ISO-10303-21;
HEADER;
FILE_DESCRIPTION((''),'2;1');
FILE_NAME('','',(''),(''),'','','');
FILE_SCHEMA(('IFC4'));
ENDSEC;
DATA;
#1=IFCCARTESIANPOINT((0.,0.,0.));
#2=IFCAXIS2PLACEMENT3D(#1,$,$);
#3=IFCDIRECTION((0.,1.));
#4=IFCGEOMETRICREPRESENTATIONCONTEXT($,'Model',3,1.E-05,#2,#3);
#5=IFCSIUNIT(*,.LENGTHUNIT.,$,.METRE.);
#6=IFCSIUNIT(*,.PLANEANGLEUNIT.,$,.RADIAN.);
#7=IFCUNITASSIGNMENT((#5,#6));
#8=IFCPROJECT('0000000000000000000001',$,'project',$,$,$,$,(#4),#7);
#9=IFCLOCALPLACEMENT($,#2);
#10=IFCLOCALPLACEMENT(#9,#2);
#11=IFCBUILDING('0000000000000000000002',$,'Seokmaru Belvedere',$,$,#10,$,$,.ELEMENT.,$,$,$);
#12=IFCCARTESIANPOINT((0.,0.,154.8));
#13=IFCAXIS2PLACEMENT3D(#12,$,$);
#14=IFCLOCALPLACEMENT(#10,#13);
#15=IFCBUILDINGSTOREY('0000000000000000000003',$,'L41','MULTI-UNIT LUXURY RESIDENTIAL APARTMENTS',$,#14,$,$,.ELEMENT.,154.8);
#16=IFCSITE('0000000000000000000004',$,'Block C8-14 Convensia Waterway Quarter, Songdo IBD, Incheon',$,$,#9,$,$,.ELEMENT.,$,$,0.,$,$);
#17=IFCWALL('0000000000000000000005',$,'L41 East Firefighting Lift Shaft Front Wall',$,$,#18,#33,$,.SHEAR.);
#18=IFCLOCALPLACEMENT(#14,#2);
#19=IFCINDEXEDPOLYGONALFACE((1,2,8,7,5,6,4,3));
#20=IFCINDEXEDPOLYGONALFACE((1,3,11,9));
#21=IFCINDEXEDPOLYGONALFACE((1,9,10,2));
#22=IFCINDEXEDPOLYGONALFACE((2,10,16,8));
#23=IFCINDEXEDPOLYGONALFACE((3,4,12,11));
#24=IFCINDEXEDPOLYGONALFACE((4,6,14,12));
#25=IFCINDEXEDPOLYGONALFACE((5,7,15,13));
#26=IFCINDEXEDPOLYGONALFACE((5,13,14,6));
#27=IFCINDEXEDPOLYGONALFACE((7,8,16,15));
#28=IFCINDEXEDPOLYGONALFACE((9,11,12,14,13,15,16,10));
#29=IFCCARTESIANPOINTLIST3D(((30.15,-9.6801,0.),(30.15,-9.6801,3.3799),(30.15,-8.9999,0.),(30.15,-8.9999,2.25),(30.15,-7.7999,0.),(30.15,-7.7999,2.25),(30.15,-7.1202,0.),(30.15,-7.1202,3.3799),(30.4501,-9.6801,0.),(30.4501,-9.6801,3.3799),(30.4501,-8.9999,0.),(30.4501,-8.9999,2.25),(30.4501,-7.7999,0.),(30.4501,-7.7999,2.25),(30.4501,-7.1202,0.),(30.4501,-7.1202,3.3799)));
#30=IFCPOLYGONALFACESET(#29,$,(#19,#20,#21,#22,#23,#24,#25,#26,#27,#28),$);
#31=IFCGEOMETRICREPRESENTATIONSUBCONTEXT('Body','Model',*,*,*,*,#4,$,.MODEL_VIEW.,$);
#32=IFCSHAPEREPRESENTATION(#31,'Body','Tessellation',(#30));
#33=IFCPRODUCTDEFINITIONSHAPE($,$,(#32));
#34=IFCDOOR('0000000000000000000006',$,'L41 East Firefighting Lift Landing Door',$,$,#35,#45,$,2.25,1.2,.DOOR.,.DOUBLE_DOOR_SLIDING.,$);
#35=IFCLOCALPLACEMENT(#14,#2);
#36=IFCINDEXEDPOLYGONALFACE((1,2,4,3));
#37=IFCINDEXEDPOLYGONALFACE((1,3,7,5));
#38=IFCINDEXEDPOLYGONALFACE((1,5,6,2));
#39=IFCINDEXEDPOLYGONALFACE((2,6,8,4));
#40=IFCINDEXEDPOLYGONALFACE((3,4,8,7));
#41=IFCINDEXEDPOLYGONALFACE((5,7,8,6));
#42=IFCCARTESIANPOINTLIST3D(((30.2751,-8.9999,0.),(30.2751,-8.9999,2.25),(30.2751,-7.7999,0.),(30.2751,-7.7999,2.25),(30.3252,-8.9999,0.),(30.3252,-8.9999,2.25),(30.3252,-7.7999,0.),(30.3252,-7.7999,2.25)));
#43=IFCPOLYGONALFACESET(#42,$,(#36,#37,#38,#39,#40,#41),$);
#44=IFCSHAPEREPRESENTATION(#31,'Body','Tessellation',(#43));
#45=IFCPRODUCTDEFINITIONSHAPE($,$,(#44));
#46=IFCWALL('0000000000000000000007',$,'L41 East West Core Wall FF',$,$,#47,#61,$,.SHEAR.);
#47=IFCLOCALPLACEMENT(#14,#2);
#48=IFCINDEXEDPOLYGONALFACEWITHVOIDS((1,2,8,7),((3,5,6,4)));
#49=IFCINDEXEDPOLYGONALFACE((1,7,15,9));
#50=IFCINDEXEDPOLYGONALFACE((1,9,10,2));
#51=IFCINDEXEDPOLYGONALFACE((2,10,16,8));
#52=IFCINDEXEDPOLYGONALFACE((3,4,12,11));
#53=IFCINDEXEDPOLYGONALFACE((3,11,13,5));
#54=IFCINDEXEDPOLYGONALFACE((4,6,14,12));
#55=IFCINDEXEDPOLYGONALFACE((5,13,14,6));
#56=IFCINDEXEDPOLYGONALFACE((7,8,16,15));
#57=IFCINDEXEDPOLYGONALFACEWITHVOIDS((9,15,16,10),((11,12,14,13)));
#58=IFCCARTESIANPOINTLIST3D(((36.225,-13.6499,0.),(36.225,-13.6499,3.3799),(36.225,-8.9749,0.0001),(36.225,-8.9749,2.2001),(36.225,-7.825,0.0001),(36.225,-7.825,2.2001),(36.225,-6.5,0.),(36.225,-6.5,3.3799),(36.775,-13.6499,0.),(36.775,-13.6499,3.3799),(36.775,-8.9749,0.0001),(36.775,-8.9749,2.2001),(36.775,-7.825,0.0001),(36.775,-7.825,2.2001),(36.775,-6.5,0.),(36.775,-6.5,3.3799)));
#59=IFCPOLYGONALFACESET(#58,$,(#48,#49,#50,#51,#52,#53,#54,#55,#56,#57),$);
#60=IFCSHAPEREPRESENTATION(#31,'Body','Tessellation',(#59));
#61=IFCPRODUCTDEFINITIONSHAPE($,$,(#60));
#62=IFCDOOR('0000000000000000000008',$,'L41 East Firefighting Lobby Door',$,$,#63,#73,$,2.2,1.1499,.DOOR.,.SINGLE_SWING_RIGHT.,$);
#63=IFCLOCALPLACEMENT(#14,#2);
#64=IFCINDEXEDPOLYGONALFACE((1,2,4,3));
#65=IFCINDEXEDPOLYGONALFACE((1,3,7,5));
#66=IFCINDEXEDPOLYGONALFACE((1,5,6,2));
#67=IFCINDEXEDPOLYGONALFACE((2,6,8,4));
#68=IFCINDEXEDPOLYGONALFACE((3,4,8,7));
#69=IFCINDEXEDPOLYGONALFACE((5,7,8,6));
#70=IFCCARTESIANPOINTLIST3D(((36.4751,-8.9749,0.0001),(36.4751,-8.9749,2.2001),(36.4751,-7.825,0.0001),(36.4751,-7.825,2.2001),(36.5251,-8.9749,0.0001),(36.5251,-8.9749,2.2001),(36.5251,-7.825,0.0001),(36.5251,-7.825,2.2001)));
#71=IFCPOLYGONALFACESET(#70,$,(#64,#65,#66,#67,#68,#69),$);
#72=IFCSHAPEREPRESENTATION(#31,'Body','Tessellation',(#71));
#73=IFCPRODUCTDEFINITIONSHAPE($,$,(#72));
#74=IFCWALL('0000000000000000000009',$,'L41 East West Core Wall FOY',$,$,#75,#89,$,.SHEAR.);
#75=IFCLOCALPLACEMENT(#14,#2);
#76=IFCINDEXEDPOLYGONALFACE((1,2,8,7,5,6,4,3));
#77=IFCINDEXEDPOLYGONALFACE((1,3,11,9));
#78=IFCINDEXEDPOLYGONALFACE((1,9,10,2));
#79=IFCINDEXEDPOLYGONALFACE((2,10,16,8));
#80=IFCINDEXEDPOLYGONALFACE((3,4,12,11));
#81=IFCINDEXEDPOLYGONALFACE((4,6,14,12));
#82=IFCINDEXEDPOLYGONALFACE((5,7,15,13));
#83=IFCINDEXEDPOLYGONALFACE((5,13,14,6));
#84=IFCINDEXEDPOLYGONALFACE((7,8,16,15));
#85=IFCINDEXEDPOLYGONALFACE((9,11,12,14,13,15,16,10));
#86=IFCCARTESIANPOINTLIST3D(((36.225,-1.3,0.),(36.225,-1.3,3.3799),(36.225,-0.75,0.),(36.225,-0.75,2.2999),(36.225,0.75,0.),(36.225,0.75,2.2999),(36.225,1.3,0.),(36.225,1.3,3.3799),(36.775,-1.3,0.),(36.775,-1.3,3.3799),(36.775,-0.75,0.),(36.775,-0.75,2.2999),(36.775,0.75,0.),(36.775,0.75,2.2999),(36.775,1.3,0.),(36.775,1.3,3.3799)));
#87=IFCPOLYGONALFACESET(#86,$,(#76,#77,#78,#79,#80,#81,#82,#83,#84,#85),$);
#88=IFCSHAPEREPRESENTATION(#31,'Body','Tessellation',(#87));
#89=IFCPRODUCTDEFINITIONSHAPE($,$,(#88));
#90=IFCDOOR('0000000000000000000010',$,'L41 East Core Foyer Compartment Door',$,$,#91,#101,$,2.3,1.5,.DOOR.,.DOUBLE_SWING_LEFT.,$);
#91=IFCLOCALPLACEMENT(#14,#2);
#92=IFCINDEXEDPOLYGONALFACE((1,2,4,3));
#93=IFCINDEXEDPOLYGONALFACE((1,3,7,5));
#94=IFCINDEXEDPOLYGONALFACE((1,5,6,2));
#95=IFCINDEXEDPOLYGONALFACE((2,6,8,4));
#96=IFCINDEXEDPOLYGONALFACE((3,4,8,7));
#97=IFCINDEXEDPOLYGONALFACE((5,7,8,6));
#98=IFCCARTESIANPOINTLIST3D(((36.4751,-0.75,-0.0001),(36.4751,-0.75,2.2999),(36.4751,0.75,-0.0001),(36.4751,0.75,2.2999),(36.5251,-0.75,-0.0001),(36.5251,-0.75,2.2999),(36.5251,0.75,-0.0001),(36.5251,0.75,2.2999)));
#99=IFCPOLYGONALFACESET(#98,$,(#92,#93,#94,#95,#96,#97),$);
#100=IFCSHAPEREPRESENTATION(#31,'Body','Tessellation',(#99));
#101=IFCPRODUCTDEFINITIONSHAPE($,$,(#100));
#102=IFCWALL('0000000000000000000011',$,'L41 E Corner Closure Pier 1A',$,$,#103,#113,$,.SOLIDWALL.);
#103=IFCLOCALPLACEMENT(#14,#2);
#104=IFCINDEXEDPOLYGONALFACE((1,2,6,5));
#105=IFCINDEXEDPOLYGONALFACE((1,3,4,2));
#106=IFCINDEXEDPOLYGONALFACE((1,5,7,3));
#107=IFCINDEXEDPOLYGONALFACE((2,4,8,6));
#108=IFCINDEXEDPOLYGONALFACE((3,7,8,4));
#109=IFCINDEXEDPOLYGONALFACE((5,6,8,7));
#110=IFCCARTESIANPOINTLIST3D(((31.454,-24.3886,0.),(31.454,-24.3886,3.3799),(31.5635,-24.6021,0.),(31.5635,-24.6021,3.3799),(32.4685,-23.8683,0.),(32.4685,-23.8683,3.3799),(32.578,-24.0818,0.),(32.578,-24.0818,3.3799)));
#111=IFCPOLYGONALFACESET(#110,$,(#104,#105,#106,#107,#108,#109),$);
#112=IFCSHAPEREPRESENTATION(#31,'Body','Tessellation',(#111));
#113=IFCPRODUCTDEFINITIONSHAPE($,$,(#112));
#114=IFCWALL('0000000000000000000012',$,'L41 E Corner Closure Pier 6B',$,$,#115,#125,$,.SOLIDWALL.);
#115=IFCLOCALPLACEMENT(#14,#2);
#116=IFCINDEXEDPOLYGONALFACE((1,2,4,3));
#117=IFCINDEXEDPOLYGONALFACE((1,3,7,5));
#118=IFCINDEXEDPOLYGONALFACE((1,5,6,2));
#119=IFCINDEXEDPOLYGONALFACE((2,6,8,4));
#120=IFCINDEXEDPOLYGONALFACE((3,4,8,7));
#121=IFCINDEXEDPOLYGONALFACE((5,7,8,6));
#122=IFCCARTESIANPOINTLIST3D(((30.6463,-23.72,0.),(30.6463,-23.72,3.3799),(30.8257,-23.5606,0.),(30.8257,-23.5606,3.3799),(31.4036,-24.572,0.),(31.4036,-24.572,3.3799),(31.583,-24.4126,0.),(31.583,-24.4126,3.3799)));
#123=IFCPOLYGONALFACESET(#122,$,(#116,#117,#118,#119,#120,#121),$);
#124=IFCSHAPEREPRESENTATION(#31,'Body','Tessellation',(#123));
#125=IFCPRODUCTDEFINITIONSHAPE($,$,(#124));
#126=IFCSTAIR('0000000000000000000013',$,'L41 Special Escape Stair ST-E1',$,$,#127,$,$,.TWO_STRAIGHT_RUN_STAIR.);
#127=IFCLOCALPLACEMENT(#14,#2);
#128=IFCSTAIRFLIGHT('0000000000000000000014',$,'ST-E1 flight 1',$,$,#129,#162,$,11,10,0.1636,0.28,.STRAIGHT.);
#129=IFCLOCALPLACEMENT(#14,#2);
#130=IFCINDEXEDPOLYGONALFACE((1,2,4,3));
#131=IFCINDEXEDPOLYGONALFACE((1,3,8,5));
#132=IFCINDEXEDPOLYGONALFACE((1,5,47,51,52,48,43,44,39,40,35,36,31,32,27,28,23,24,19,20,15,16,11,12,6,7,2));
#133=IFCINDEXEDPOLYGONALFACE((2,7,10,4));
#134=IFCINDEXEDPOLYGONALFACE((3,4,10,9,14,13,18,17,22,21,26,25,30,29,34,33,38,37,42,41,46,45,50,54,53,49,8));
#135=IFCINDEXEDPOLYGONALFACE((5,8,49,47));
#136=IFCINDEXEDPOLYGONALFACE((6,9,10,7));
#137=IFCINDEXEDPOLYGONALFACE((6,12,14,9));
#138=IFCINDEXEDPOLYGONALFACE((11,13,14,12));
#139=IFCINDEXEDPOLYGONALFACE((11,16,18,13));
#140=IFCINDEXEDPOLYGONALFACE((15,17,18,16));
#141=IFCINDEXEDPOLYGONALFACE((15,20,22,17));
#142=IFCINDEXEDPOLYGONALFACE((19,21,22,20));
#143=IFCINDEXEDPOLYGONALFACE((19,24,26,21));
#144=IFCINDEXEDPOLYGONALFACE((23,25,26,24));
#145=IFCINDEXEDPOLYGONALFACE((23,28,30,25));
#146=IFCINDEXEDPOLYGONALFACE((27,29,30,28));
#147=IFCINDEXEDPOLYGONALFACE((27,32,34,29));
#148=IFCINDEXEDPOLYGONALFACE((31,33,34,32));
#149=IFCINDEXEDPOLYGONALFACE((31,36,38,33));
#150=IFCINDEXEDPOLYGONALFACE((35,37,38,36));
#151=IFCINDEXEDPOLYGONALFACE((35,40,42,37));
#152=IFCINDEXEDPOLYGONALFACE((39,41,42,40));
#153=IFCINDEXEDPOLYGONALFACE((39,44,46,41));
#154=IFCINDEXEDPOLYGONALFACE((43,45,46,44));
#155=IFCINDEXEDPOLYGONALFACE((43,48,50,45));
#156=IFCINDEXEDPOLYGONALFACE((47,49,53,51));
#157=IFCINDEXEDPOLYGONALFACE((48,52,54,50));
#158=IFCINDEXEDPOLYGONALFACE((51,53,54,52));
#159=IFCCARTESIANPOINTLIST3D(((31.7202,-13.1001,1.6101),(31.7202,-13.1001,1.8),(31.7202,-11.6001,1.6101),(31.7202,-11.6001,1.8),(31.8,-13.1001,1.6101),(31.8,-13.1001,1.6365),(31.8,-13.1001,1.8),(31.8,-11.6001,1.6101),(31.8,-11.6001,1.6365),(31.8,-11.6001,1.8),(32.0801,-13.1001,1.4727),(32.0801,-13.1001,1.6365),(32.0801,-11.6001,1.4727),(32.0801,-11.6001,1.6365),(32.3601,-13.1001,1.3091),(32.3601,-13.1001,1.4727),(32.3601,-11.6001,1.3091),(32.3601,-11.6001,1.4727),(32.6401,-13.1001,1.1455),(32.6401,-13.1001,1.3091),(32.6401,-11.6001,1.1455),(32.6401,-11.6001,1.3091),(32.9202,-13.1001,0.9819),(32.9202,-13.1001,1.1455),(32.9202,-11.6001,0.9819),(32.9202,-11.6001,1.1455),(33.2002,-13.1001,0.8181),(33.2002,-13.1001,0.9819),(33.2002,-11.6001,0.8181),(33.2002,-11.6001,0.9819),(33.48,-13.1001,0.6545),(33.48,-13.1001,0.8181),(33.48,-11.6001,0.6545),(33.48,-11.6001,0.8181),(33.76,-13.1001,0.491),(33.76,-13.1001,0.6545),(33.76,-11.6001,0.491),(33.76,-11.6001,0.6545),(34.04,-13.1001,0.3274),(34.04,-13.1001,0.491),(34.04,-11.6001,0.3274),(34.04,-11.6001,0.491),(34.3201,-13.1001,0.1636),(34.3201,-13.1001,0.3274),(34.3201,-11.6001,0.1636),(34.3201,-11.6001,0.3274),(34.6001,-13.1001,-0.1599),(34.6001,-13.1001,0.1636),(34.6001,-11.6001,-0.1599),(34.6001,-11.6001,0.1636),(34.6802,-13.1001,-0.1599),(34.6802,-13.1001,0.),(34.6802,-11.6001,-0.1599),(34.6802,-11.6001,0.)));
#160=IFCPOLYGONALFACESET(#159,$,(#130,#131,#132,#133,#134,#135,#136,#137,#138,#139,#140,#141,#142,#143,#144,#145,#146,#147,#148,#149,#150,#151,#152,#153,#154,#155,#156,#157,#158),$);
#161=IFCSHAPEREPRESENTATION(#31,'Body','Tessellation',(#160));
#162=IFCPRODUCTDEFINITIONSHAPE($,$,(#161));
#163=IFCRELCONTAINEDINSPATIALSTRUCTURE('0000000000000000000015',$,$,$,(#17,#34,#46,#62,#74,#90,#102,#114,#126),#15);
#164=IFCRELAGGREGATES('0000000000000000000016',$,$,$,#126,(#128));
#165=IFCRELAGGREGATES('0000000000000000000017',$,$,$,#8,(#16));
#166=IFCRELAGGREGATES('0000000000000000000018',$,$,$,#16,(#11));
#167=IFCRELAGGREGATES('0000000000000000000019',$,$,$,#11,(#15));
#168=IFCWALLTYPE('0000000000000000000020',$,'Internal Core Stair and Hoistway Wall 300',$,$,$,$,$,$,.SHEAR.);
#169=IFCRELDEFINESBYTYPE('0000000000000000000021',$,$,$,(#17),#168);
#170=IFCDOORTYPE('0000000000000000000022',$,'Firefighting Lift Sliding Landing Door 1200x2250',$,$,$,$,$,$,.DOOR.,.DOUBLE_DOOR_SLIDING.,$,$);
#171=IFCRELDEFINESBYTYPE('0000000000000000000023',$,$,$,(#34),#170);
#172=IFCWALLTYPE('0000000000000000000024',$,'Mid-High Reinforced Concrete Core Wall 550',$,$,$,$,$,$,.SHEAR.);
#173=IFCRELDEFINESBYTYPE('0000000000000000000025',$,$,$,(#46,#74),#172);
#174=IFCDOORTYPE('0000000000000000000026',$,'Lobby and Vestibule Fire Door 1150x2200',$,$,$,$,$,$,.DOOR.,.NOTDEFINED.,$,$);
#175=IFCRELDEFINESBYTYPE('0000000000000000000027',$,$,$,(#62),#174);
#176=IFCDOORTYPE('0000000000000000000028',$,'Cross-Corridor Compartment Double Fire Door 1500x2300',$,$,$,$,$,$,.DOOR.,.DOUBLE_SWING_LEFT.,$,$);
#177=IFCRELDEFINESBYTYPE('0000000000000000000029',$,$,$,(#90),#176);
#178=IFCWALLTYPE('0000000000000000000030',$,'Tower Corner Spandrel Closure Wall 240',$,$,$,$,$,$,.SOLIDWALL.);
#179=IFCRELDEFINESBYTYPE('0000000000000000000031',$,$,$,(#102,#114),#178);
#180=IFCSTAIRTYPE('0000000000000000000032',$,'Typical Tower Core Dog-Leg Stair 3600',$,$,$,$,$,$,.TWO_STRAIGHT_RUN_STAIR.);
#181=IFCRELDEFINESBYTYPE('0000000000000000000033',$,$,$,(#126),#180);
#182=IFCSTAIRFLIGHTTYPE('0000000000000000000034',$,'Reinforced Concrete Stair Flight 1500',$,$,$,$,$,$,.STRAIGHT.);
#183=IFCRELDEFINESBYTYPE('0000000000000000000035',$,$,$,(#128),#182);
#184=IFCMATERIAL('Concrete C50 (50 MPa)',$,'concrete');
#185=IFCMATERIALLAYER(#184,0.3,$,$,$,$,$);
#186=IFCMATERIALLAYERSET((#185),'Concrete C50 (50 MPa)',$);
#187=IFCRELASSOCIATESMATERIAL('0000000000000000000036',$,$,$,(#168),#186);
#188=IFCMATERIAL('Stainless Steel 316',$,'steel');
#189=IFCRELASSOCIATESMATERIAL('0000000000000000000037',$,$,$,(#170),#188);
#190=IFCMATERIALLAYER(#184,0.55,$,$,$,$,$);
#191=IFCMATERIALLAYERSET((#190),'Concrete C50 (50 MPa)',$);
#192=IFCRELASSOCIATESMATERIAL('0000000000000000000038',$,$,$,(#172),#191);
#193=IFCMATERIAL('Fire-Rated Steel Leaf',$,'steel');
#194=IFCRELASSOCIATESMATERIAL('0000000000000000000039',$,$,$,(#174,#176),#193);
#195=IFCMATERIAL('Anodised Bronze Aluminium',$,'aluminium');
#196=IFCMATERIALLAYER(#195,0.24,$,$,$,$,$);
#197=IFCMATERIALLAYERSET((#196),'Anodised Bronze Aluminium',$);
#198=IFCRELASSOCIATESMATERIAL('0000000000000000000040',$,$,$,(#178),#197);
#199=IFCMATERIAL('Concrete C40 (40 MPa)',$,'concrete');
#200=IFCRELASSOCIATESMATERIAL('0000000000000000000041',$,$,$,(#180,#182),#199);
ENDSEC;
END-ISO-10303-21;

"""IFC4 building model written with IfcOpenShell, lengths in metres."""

from ifc_helpers import new_model, si_unit, direction, frame, frame_2d, origin, place, context, subcontext, project, spatial, polyline, rectangle, outline, extrude, source, transform, mapped, material, layer, layer_set, type_object, type_shapes, element, fill, aggregate, save


model = new_model("IFC4")

# Units and contexts
model_context = context("Model", 3, precision=1e-05, world=origin(), true_north=direction((0.0, 1.0)))
body_context = subcontext(model_context, "Body", "Model", "MODEL_VIEW")
ifc_project = project(units=[si_unit("LENGTHUNIT", "METRE"), si_unit("PLANEANGLEUNIT", "RADIAN")], contexts=[model_context])

# Site, building, storey
site_placement = place(None, origin())
site = spatial("IfcSite", under=ifc_project, at=site_placement, Name="Block C8-14 Convensia Waterway Quarter, Songdo IBD, Incheon", CompositionType="ELEMENT", RefElevation=0.0)
building_placement = place(site_placement, origin())
building = spatial("IfcBuilding", under=site, at=building_placement, Name="Seokmaru Belvedere", CompositionType="ELEMENT")
storey_placement = place(building_placement, frame((0.0, 0.0, 154.8)))
storey = spatial("IfcBuildingStorey", under=building, at=storey_placement, Name="L41", Description="MULTI-UNIT LUXURY RESIDENTIAL APARTMENTS", CompositionType="ELEMENT", Elevation=154.8)

# Shared definitions
ifc_material_1 = material(Name="Anodised Bronze Aluminium", Category="aluminium")

# Walls, openings, doors
ifc_material_2 = material(Name="Concrete C50 (50 MPa)", Category="concrete")
ifc_layer_1 = layer(ifc_material_2, 0.3)
ifc_layer_set_1 = layer_set([ifc_layer_1], Name="Concrete C50 (50 MPa)")
wall_type_1 = type_object("IfcWallType", Name="Internal Core Stair and Hoistway Wall 300", PredefinedType="SHEAR", material=ifc_layer_set_1)
wall_1_placement = place(storey_placement, frame((30.3, -9.6799, 0.0), z_axis=(0.0, 0.0, 1.0), x_axis=(0.0, 1.0, 0.0)))
wall_1 = element("IfcWall", 1, at=wall_1_placement, inside=storey, type_object=wall_type_1, Name="L41 East Firefighting Lift Shaft Front Wall", PredefinedType="SHEAR", context=body_context, shape_type="SweptSolid", body=[
    extrude(rectangle(XDim=2.5598, YDim=0.3, at=frame_2d((1.2798, 0.0))), origin(), (0.0, 0.0, 1.0), 3.3799),
])
opening_1_placement = place(wall_1_placement, frame((0.6799, 0.0, 0.0)))
opening_1 = element("IfcOpeningElement", 2, at=opening_1_placement, cuts=wall_1, PredefinedType="OPENING", context=body_context, shape_type="SweptSolid", body=[
    extrude(rectangle(XDim=1.2, YDim=2.25, at=frame_2d((0.6001, 1.125))), frame((0.0, 0.1602, 0.0), z_axis=(0.0, -1.0, 0.0), x_axis=(1.0, 0.0, 0.0)), (0.0, 0.0, 1.0), 0.3201),
])
ifc_material_3 = material(Name="Stainless Steel 316", Category="steel")
door_type_1 = type_object("IfcDoorType", Name="Firefighting Lift Sliding Landing Door 1200x2250", OperationType="DOUBLE_DOOR_SLIDING", PredefinedType="DOOR", material=ifc_material_3)
shared_shape_1 = source(origin(), body_context, "Body", "SweptSolid", [
    extrude(rectangle(XDim=1.2, YDim=2.25, at=frame_2d((0.6001, 1.125))), frame((0.0, 0.0249, 0.0), z_axis=(0.0, -1.0, 0.0), x_axis=(1.0, 0.0, 0.0)), (0.0, 0.0, 1.0), 0.05),
])
type_shapes(door_type_1, [shared_shape_1])
door_1_placement = place(opening_1_placement, origin())
door_1 = element("IfcDoor", 3, at=door_1_placement, inside=storey, type_object=door_type_1, Name="L41 East Firefighting Lift Landing Door", OperationType="DOUBLE_DOOR_SLIDING", OverallHeight=2.25, OverallWidth=1.2, PredefinedType="DOOR", context=body_context, shape_type="MappedRepresentation", body=[
    mapped(shared_shape_1, transform((0.0, 0.0, 0.0), scale=1.0)),
])
fill(opening_1, door_1)
ifc_layer_2 = layer(ifc_material_2, 0.55)
ifc_layer_set_2 = layer_set([ifc_layer_2], Name="Concrete C50 (50 MPa)")
wall_type_2 = type_object("IfcWallType", Name="Mid-High Reinforced Concrete Core Wall 550", PredefinedType="SHEAR", material=ifc_layer_set_2)
wall_2_placement = place(storey_placement, frame((36.5, -13.6499, 0.0), z_axis=(0.0, 0.0, 1.0), x_axis=(0.0, 1.0, 0.0)))
wall_2 = element("IfcWall", 4, at=wall_2_placement, inside=storey, type_object=wall_type_2, Name="L41 East West Core Wall FF", PredefinedType="SHEAR", context=body_context, shape_type="SweptSolid", body=[
    extrude(rectangle(XDim=7.1499, YDim=0.55, at=frame_2d((3.575, 0.0))), origin(), (0.0, 0.0, 1.0), 3.3799),
])
opening_2_placement = place(wall_2_placement, frame((4.675, 0.0, 0.0)))
opening_2 = element("IfcOpeningElement", 5, at=opening_2_placement, cuts=wall_2, PredefinedType="OPENING", context=body_context, shape_type="SweptSolid", body=[
    extrude(rectangle(XDim=1.1499, YDim=2.2, at=frame_2d((0.575, 1.1001))), frame((0.0, 0.2852, 0.0), z_axis=(0.0, -1.0, 0.0), x_axis=(1.0, 0.0, 0.0)), (0.0, 0.0, 1.0), 0.5701),
])
ifc_material_4 = material(Name="Fire-Rated Steel Leaf", Category="steel")
door_type_2 = type_object("IfcDoorType", Name="Lobby and Vestibule Fire Door 1150x2200", OperationType="NOTDEFINED", PredefinedType="DOOR", material=ifc_material_4)
shared_shape_2 = source(origin(), body_context, "Body", "SweptSolid", [
    extrude(rectangle(XDim=1.1499, YDim=2.2, at=frame_2d((0.575, 1.1001))), frame((0.0, 0.0249, 0.0), z_axis=(0.0, -1.0, 0.0), x_axis=(1.0, 0.0, 0.0)), (0.0, 0.0, 1.0), 0.05),
])
type_shapes(door_type_2, [shared_shape_2])
door_2_placement = place(opening_2_placement, origin())
door_2 = element("IfcDoor", 6, at=door_2_placement, inside=storey, type_object=door_type_2, Name="L41 East Firefighting Lobby Door", OperationType="SINGLE_SWING_RIGHT", OverallHeight=2.2, OverallWidth=1.1499, PredefinedType="DOOR", context=body_context, shape_type="MappedRepresentation", body=[
    mapped(shared_shape_2, transform((0.0, 0.0, 0.0), scale=1.0)),
])
fill(opening_2, door_2)
wall_3_placement = place(storey_placement, frame((36.5, -1.3, 0.0), z_axis=(0.0, 0.0, 1.0), x_axis=(0.0, 1.0, 0.0)))
wall_3 = element("IfcWall", 7, at=wall_3_placement, inside=storey, type_object=wall_type_2, Name="L41 East West Core Wall FOY", PredefinedType="SHEAR", context=body_context, shape_type="SweptSolid", body=[
    extrude(rectangle(XDim=2.6001, YDim=0.55, at=frame_2d((1.3, 0.0))), origin(), (0.0, 0.0, 1.0), 3.3799),
])
opening_3_placement = place(wall_3_placement, frame((0.55, 0.0, 0.0)))
opening_3 = element("IfcOpeningElement", 8, at=opening_3_placement, cuts=wall_3, PredefinedType="OPENING", context=body_context, shape_type="SweptSolid", body=[
    extrude(rectangle(XDim=1.5, YDim=2.3, at=frame_2d((0.75, 1.1499))), frame((0.0, 0.2852, 0.0), z_axis=(0.0, -1.0, 0.0), x_axis=(1.0, 0.0, 0.0)), (0.0, 0.0, 1.0), 0.5701),
])
door_type_3 = type_object("IfcDoorType", Name="Cross-Corridor Compartment Double Fire Door 1500x2300", OperationType="DOUBLE_SWING_LEFT", PredefinedType="DOOR", material=ifc_material_4)
shared_shape_3 = source(origin(), body_context, "Body", "SweptSolid", [
    extrude(rectangle(XDim=1.5, YDim=2.3, at=frame_2d((0.75, 1.1499))), frame((0.0, 0.0249, 0.0), z_axis=(0.0, -1.0, 0.0), x_axis=(1.0, 0.0, 0.0)), (0.0, 0.0, 1.0), 0.05),
])
type_shapes(door_type_3, [shared_shape_3])
door_3_placement = place(opening_3_placement, origin())
door_3 = element("IfcDoor", 9, at=door_3_placement, inside=storey, type_object=door_type_3, Name="L41 East Core Foyer Compartment Door", OperationType="DOUBLE_SWING_LEFT", OverallHeight=2.3, OverallWidth=1.5, PredefinedType="DOOR", context=body_context, shape_type="MappedRepresentation", body=[
    mapped(shared_shape_3, transform((0.0, 0.0, 0.0), scale=1.0)),
])
fill(opening_3, door_3)

# Walls
ifc_layer_3 = layer(ifc_material_1, 0.24)
ifc_layer_set_3 = layer_set([ifc_layer_3], Name="Anodised Bronze Aluminium")
wall_type_3 = type_object("IfcWallType", Name="Tower Corner Spandrel Closure Wall 240", PredefinedType="SOLIDWALL", material=ifc_layer_set_3)
wall_4_placement = place(storey_placement, frame((31.5088, -24.4954, 0.0), z_axis=(0.0, 0.0, 1.0), x_axis=(0.889797, 0.456356, 0.0)))
element("IfcWall", 10, at=wall_4_placement, inside=storey, type_object=wall_type_3, Name="L41 E Corner Closure Pier 1A", PredefinedType="SOLIDWALL", context=body_context, shape_type="SweptSolid", body=[
    extrude(rectangle(XDim=1.1401, YDim=0.24, at=frame_2d((0.5701, 0.0))), origin(), (0.0, 0.0, 1.0), 3.3799),
])
wall_5_placement = place(storey_placement, frame((30.7361, -23.6404, 0.0), z_axis=(0.0, 0.0, 1.0), x_axis=(0.664337, -0.747433, 0.0)))
element("IfcWall", 11, at=wall_5_placement, inside=storey, type_object=wall_type_3, Name="L41 E Corner Closure Pier 6B", PredefinedType="SOLIDWALL", context=body_context, shape_type="SweptSolid", body=[
    extrude(rectangle(XDim=1.1399, YDim=0.24, at=frame_2d((0.5698, 0.0))), origin(), (0.0, 0.0, 1.0), 3.3799),
])

# Stair, stair flight
ifc_material_5 = material(Name="Concrete C40 (40 MPa)", Category="concrete")
stair_type = type_object("IfcStairType", Name="Typical Tower Core Dog-Leg Stair 3600", PredefinedType="TWO_STRAIGHT_RUN_STAIR", material=ifc_material_5)
stair_placement = place(storey_placement, origin())
stair = element("IfcStair", 12, at=stair_placement, inside=storey, type_object=stair_type, Name="L41 Special Escape Stair ST-E1", PredefinedType="TWO_STRAIGHT_RUN_STAIR")
stair_flight_type = type_object("IfcStairFlightType", Name="Reinforced Concrete Stair Flight 1500", PredefinedType="STRAIGHT", material=ifc_material_5)
stair_flight_1_placement = place(storey_placement, frame((34.6001, -12.3501, 0.0), z_axis=(0.0, 0.0, 1.0), x_axis=(-1.0, 0.0, 0.0)))
stair_flight_1 = element("IfcStairFlight", 13, at=stair_flight_1_placement, type_object=stair_flight_type, Name="ST-E1 flight 1", NumberOfRisers=11, NumberOfTreads=10, PredefinedType="STRAIGHT", RiserHeight=0.1636, TreadLength=0.28, context=body_context, shape_type="SweptSolid", body=[
    extrude(outline(polyline([(-0.0801, 0.0), (0.0, 0.1636), (0.28, 0.1636), (0.28, 0.3274), (0.5601, 0.3274), (0.5601, 0.491), (0.8401, 0.491), (0.8401, 0.6545), (1.1201, 0.6545), (1.1201, 0.8181), (1.3999, 0.8181), (1.3999, 0.9819), (1.6799, 0.9819), (1.6799, 1.1455), (1.96, 1.1455), (1.96, 1.3091), (2.24, 1.3091), (2.24, 1.4727), (2.52, 1.4727), (2.52, 1.6365), (2.8, 1.6365), (2.8, 1.8), (2.8799, 1.8), (2.8799, 1.6101), (2.8, 1.6101), (0.0, -0.1599), (-0.0801, -0.1599), (-0.0801, 0.0)])), frame((0.0, 0.75, 0.0), z_axis=(0.0, -1.0, 0.0), x_axis=(1.0, 0.0, 0.0)), (0.0, 0.0, 1.0), 1.5),
])
aggregate(stair, [stair_flight_1])

save(model, "model.ifc")
